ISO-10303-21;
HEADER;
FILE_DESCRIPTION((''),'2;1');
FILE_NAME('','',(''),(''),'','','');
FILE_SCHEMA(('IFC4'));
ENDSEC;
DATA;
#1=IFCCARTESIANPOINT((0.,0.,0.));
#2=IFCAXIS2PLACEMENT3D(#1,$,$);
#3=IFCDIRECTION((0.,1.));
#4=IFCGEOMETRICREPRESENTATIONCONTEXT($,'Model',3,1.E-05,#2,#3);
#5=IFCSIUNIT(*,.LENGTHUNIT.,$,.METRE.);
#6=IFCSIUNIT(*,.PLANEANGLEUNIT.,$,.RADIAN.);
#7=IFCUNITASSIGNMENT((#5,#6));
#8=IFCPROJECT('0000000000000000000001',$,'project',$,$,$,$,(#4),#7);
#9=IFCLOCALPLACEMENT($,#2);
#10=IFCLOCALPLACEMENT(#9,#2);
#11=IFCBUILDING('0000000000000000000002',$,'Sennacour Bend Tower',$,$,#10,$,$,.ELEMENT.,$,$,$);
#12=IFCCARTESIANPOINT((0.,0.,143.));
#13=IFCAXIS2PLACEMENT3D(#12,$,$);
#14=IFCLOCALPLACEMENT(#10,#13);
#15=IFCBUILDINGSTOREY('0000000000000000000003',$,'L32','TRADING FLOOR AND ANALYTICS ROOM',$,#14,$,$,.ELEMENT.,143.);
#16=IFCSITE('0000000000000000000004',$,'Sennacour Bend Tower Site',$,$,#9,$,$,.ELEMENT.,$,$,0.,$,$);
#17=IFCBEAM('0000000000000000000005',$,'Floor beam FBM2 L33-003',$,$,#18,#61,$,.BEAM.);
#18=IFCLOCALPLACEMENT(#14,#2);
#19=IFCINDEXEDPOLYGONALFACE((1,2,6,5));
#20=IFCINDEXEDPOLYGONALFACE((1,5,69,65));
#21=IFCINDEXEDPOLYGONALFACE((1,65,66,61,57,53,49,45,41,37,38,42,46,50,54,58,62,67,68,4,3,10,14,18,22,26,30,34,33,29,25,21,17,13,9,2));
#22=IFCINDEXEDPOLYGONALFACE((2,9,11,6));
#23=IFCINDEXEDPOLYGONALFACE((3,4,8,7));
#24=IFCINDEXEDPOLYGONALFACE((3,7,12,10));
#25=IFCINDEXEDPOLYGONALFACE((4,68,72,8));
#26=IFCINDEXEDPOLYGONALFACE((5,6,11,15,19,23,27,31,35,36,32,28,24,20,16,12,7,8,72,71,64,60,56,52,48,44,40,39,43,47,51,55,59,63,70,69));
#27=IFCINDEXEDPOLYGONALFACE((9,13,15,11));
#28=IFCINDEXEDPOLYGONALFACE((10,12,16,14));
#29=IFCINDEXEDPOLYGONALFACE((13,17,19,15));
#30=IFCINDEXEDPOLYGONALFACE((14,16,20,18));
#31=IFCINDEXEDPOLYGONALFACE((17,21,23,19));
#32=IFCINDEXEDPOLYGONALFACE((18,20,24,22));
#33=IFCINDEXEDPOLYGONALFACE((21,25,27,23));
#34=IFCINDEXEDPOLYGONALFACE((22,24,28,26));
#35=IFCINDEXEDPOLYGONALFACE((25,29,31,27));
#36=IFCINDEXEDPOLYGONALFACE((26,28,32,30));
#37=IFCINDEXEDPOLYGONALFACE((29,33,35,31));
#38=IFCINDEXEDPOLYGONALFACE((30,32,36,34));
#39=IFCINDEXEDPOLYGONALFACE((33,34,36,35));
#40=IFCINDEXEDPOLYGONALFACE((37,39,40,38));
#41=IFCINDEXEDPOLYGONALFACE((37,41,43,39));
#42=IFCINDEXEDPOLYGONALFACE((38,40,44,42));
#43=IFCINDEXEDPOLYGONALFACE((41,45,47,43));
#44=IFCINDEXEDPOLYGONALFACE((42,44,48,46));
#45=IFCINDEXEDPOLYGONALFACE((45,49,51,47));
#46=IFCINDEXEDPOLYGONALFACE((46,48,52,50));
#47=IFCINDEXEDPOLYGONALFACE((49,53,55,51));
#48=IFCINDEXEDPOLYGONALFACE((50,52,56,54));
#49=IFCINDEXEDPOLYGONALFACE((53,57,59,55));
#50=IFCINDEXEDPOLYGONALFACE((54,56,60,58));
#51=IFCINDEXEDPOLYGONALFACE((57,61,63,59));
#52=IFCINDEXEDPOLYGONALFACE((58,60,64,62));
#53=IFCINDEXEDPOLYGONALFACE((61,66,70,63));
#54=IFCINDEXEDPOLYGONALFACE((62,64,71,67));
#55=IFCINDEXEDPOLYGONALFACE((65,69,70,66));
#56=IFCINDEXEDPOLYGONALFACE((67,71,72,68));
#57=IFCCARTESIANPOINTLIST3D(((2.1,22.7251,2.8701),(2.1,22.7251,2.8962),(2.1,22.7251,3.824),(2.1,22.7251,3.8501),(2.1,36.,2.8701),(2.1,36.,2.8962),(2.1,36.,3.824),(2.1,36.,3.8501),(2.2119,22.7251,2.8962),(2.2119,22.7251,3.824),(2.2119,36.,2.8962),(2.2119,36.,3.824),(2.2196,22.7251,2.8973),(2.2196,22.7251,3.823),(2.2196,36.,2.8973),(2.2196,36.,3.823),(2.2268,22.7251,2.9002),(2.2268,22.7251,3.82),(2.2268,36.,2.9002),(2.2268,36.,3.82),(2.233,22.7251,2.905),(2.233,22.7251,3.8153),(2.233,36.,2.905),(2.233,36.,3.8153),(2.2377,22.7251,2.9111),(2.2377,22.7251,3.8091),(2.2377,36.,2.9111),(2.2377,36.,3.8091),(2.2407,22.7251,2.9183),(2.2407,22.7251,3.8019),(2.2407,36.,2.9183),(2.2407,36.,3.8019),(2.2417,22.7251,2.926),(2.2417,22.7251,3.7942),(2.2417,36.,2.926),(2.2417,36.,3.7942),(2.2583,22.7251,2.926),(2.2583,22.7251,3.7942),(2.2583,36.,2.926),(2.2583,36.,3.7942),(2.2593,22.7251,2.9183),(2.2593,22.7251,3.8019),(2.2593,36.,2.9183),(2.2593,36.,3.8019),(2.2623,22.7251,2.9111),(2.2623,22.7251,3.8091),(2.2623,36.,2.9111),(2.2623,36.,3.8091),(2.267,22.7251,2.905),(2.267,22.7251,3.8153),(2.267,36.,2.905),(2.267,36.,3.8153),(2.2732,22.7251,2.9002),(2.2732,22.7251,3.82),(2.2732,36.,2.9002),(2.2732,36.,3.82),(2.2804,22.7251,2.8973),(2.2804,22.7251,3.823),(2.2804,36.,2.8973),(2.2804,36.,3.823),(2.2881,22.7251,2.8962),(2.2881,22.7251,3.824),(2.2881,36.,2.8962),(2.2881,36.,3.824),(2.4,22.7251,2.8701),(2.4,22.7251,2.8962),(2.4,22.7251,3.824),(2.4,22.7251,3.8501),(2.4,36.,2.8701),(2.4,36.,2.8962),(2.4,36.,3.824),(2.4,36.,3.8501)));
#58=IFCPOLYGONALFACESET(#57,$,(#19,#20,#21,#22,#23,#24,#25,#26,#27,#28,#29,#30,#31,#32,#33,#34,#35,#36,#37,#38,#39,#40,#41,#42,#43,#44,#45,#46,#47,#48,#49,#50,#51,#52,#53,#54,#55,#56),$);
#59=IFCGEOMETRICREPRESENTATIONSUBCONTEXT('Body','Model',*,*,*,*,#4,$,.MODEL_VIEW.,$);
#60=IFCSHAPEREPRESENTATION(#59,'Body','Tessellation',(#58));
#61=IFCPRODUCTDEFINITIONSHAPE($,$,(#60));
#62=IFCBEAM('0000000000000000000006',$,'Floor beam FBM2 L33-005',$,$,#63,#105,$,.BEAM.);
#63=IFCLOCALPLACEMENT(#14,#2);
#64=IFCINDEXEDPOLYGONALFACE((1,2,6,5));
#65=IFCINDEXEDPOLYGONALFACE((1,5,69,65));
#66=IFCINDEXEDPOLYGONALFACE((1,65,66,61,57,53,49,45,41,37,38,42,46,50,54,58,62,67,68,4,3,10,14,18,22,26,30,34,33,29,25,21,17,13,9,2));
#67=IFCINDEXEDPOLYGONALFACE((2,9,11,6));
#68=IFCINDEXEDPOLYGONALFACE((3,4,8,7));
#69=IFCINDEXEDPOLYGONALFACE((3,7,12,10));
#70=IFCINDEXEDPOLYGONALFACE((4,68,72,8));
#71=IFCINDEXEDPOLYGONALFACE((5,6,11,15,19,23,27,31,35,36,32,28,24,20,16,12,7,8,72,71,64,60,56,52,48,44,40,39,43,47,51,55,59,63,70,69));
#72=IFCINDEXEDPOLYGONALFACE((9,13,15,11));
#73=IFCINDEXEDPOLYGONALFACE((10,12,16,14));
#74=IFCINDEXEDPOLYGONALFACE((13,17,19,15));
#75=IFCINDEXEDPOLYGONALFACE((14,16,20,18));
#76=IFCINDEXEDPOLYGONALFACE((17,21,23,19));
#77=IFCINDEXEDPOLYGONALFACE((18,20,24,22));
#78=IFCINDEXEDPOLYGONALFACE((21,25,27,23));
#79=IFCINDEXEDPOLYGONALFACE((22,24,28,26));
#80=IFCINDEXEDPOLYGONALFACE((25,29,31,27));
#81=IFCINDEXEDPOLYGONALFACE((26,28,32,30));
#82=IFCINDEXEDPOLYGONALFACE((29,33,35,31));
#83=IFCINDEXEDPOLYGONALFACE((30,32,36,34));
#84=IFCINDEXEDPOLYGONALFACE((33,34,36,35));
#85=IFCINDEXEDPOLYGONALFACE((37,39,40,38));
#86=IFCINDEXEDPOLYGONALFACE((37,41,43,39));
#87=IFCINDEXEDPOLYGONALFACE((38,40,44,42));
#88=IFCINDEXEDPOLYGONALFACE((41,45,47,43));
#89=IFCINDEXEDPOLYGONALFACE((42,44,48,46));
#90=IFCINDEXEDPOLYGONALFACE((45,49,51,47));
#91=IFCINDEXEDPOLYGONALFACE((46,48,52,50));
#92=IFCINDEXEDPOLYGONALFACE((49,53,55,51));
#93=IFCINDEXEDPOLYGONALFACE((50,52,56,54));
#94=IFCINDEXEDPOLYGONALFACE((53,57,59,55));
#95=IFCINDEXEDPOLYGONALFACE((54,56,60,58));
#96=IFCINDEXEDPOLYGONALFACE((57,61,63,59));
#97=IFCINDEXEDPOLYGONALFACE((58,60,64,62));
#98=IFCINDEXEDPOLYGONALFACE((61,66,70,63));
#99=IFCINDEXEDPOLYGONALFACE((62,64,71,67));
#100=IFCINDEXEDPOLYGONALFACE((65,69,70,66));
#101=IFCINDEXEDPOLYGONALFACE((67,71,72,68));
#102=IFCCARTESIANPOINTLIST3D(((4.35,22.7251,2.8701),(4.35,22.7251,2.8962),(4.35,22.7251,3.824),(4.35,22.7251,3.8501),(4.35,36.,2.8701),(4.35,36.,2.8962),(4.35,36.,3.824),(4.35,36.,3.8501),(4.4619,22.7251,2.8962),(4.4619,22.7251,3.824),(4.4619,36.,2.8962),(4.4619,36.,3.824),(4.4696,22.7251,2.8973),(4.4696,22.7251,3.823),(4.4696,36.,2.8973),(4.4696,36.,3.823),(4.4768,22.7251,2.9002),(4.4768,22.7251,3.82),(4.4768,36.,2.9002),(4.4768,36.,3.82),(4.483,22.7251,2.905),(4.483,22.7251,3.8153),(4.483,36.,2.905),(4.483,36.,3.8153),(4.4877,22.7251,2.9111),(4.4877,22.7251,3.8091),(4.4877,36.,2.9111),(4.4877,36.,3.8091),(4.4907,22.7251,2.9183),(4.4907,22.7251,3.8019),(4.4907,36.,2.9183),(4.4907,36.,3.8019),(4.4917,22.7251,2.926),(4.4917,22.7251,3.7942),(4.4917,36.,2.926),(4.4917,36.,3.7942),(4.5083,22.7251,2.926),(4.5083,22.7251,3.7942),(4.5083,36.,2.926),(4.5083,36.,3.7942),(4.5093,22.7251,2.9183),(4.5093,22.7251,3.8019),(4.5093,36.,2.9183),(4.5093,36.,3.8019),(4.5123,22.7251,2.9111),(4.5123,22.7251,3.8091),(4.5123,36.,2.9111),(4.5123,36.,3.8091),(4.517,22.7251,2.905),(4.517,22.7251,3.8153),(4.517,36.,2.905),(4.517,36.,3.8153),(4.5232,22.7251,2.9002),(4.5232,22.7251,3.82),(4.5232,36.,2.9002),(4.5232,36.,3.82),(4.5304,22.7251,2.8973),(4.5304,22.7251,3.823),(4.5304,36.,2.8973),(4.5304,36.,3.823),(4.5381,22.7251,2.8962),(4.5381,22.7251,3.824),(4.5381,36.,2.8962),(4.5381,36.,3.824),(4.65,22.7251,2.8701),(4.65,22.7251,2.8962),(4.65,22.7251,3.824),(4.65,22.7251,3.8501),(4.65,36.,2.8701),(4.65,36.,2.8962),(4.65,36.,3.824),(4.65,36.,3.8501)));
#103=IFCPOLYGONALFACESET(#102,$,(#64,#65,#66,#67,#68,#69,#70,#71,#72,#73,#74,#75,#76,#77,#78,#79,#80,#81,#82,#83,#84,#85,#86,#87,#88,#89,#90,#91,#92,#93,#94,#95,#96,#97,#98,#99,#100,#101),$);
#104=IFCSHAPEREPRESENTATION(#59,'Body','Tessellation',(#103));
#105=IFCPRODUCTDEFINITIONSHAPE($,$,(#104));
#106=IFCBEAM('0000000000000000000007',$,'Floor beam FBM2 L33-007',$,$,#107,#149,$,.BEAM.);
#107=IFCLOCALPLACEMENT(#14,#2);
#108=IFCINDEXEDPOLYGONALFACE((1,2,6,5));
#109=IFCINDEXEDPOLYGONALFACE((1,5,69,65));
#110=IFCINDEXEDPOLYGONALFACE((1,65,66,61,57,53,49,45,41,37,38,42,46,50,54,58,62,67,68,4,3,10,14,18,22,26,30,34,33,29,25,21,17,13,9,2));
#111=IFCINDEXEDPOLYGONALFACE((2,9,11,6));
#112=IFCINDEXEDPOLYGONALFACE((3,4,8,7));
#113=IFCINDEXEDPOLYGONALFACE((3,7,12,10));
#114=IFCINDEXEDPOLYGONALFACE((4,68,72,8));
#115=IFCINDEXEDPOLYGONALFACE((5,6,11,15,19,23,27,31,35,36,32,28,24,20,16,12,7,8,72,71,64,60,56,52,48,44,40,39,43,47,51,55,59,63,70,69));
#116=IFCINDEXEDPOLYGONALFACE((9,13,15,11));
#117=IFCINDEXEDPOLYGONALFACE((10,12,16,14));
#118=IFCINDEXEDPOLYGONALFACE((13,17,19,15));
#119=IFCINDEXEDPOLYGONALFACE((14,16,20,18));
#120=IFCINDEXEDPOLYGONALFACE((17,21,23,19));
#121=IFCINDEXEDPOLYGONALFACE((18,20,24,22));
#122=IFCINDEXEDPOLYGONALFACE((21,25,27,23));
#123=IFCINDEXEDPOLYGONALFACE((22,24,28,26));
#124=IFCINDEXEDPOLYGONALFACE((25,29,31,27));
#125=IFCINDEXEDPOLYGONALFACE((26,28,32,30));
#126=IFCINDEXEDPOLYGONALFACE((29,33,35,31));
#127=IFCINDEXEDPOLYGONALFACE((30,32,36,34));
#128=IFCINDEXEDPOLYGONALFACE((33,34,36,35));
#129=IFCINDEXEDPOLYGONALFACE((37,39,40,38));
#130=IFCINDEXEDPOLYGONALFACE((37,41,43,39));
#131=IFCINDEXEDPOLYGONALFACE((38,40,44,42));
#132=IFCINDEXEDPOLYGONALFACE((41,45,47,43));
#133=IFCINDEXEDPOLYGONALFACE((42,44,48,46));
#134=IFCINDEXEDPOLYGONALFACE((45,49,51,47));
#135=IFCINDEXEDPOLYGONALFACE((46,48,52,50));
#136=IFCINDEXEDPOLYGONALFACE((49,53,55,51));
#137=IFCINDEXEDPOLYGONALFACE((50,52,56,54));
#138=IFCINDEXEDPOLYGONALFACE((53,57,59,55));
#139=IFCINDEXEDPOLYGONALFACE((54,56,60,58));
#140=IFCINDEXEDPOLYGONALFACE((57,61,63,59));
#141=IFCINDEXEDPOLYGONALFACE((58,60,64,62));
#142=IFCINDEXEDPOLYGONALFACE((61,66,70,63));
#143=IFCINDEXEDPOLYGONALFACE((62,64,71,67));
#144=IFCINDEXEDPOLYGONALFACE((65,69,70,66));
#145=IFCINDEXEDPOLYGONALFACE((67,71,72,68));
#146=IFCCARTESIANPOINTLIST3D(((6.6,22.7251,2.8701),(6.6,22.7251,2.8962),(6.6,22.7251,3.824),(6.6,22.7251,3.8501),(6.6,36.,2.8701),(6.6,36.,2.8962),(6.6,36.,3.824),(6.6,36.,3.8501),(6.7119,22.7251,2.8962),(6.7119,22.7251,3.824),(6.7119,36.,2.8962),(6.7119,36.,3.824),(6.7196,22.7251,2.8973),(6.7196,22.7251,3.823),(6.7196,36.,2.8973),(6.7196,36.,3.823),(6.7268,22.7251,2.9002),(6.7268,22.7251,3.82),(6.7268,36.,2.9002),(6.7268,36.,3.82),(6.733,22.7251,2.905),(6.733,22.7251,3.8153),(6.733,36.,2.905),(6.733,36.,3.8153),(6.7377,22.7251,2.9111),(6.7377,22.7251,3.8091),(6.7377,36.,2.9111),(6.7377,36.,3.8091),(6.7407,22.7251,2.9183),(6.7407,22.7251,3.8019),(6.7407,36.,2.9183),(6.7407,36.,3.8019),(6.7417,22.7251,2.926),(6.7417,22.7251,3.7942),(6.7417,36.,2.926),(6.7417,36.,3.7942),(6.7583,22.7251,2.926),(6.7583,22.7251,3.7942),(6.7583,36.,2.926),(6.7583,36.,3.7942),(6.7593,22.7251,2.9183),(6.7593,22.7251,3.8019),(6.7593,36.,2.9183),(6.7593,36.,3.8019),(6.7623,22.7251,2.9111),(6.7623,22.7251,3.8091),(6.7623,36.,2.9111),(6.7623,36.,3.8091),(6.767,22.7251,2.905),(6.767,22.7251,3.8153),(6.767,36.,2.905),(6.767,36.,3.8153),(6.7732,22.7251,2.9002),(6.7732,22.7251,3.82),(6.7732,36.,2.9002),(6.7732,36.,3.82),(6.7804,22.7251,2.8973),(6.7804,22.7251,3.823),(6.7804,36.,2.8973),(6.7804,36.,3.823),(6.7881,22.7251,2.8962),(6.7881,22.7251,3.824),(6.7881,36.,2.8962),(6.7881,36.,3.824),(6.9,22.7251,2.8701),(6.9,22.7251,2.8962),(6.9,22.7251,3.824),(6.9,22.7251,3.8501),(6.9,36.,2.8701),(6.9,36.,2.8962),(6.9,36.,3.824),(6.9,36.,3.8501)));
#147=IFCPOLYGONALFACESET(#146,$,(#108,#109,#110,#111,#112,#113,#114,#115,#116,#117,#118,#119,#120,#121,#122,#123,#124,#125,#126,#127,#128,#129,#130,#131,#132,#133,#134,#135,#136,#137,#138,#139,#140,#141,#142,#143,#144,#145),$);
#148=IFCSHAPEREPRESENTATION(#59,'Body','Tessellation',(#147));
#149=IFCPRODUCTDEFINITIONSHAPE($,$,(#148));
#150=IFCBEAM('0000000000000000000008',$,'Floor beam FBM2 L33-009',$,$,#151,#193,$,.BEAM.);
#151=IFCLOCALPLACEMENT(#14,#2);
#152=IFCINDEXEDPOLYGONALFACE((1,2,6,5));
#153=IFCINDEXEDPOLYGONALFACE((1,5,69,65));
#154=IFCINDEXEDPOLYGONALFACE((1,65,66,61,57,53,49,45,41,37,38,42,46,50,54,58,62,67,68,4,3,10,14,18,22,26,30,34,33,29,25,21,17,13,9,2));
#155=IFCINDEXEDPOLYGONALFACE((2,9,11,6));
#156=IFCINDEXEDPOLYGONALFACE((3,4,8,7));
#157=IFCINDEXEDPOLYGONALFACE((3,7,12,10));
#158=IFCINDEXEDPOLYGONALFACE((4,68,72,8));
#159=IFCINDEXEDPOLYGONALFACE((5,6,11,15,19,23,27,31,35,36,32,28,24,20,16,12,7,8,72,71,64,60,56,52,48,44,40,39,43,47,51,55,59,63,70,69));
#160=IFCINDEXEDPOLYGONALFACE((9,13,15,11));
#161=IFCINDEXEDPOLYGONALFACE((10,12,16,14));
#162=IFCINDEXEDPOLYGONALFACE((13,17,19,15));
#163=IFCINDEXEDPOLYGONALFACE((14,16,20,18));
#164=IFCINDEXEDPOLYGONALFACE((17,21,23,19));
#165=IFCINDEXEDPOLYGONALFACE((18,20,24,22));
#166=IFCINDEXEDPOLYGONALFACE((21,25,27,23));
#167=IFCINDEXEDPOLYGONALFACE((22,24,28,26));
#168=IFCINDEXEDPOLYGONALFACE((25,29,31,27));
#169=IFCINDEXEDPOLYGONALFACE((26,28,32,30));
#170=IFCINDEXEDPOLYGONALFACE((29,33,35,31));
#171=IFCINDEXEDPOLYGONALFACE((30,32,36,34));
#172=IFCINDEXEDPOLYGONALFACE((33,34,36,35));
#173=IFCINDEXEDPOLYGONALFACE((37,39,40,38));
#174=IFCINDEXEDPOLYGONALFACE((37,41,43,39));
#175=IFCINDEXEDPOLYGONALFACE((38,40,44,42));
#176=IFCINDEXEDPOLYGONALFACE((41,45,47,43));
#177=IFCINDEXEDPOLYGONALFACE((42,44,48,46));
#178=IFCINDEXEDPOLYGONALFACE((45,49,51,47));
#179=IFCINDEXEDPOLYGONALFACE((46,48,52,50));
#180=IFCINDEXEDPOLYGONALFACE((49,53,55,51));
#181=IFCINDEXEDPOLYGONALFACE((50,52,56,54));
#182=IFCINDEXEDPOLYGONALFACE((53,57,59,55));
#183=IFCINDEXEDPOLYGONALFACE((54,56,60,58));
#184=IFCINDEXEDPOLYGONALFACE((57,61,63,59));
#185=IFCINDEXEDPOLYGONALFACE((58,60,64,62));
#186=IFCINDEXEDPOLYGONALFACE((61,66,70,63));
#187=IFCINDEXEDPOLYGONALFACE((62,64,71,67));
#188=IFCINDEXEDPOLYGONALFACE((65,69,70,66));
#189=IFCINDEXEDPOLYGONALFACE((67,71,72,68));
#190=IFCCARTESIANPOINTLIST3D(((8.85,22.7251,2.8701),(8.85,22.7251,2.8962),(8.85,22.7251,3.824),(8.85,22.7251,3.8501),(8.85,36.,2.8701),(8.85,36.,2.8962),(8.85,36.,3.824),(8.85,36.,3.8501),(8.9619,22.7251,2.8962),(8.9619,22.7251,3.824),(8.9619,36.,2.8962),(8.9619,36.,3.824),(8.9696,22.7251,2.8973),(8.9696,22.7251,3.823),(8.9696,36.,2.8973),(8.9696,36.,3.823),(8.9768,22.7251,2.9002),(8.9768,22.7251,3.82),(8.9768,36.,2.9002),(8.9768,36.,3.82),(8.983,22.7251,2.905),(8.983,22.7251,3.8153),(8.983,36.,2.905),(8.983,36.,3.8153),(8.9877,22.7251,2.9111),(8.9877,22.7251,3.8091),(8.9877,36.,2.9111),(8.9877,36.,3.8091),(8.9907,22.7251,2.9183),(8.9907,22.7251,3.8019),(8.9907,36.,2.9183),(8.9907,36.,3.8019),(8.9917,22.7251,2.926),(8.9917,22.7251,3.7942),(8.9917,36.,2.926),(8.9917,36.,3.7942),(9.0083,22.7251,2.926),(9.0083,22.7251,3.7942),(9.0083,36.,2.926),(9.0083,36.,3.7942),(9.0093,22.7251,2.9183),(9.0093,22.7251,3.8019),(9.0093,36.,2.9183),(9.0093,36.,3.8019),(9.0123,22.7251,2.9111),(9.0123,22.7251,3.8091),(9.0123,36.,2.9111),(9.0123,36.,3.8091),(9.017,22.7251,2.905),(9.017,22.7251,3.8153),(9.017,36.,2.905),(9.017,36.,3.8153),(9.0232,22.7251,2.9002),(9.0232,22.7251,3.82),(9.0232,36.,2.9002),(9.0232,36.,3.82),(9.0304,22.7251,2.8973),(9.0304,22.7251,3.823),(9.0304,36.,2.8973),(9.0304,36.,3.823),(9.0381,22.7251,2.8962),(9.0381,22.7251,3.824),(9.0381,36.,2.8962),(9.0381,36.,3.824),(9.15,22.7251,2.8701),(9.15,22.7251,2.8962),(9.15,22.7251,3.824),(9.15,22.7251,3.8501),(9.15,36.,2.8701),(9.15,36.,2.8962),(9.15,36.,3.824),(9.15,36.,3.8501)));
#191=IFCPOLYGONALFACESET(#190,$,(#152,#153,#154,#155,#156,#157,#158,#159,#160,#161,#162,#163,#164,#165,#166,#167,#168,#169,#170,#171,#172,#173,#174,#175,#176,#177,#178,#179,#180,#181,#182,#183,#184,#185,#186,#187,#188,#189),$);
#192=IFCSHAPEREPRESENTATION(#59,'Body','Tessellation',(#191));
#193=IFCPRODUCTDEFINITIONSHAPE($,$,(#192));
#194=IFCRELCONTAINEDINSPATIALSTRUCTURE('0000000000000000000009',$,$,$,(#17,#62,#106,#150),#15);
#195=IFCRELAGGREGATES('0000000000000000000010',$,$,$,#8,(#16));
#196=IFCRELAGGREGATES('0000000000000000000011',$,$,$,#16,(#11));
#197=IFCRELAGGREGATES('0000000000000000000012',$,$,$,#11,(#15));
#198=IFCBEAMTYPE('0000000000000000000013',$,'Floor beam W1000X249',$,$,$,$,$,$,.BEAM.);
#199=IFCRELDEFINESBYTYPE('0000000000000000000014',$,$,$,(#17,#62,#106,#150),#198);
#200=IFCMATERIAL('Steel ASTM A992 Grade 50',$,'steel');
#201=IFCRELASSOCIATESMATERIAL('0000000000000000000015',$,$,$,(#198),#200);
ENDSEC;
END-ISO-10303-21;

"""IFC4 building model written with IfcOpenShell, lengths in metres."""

from ifc_helpers import new_model, si_unit, direction, frame, origin, origin_2d, place, context, subcontext, project, spatial, i_section, extrude, material, material_profile, profile_set, type_object, element, save


model = new_model("IFC4")

# Units and contexts
model_context = context("Model", 3, precision=1e-05, world=origin(), true_north=direction((0.0, 1.0)))
body_context = subcontext(model_context, "Body", "Model", "MODEL_VIEW")
ifc_project = project(units=[si_unit("LENGTHUNIT", "METRE"), si_unit("PLANEANGLEUNIT", "RADIAN")], contexts=[model_context])

# Site, building, storey
site_placement = place(None, origin())
site = spatial("IfcSite", under=ifc_project, at=site_placement, Name="Sennacour Bend Tower Site", CompositionType="ELEMENT", RefElevation=0.0)
building_placement = place(site_placement, origin())
building = spatial("IfcBuilding", under=site, at=building_placement, Name="Sennacour Bend Tower", CompositionType="ELEMENT")
storey_placement = place(building_placement, frame((0.0, 0.0, 143.0)))
storey = spatial("IfcBuildingStorey", under=building, at=storey_placement, Name="L32", Description="TRADING FLOOR AND ANALYTICS ROOM", CompositionType="ELEMENT", Elevation=143.0)

# Beams
ifc_material_1 = material(Name="Steel ASTM A992 Grade 50", Category="steel")
ifc_material_profile_1 = material_profile(ifc_material_1, i_section(OverallWidth=0.3, OverallDepth=0.98, WebThickness=0.0166, FlangeThickness=0.0261, FilletRadius=0.0298, at=origin_2d()), Name="Steel ASTM A992 Grade 50", Category="steel")
ifc_profile_set_1 = profile_set([ifc_material_profile_1], Name="Steel ASTM A992 Grade 50")
beam_type_1 = type_object("IfcBeamType", Name="Floor beam W1000X249", PredefinedType="BEAM", material=ifc_profile_set_1)
for number, where, z_axis, x_axis, name in (
    (1, (2.25, 22.7251, 3.3601), (0.0, 1.0, 0.0), (-1.0, 0.0, 0.0), "Floor beam FBM2 L33-003"),
    (2, (4.5, 22.7251, 3.3601), (0.0, 1.0, 0.0), (-1.0, 0.0, 0.0), "Floor beam FBM2 L33-005"),
    (3, (6.75, 22.7251, 3.3601), (0.0, 1.0, 0.0), (-1.0, 0.0, 0.0), "Floor beam FBM2 L33-007"),
    (4, (9.0, 22.7251, 3.3601), (0.0, 1.0, 0.0), (-1.0, 0.0, 0.0), "Floor beam FBM2 L33-009"),
):
    element("IfcBeam", number, at=place(storey_placement, frame(where, z_axis=z_axis, x_axis=x_axis)), inside=storey, type_object=beam_type_1, Name=name, PredefinedType="BEAM", context=body_context, shape_type="SweptSolid", body=[
        extrude(i_section(OverallWidth=0.3, OverallDepth=0.98, WebThickness=0.0166, FlangeThickness=0.0261, FilletRadius=0.0298, at=origin_2d()), origin(), (0.0, 0.0, 1.0), 13.2749),
    ])

save(model, "model.ifc")
